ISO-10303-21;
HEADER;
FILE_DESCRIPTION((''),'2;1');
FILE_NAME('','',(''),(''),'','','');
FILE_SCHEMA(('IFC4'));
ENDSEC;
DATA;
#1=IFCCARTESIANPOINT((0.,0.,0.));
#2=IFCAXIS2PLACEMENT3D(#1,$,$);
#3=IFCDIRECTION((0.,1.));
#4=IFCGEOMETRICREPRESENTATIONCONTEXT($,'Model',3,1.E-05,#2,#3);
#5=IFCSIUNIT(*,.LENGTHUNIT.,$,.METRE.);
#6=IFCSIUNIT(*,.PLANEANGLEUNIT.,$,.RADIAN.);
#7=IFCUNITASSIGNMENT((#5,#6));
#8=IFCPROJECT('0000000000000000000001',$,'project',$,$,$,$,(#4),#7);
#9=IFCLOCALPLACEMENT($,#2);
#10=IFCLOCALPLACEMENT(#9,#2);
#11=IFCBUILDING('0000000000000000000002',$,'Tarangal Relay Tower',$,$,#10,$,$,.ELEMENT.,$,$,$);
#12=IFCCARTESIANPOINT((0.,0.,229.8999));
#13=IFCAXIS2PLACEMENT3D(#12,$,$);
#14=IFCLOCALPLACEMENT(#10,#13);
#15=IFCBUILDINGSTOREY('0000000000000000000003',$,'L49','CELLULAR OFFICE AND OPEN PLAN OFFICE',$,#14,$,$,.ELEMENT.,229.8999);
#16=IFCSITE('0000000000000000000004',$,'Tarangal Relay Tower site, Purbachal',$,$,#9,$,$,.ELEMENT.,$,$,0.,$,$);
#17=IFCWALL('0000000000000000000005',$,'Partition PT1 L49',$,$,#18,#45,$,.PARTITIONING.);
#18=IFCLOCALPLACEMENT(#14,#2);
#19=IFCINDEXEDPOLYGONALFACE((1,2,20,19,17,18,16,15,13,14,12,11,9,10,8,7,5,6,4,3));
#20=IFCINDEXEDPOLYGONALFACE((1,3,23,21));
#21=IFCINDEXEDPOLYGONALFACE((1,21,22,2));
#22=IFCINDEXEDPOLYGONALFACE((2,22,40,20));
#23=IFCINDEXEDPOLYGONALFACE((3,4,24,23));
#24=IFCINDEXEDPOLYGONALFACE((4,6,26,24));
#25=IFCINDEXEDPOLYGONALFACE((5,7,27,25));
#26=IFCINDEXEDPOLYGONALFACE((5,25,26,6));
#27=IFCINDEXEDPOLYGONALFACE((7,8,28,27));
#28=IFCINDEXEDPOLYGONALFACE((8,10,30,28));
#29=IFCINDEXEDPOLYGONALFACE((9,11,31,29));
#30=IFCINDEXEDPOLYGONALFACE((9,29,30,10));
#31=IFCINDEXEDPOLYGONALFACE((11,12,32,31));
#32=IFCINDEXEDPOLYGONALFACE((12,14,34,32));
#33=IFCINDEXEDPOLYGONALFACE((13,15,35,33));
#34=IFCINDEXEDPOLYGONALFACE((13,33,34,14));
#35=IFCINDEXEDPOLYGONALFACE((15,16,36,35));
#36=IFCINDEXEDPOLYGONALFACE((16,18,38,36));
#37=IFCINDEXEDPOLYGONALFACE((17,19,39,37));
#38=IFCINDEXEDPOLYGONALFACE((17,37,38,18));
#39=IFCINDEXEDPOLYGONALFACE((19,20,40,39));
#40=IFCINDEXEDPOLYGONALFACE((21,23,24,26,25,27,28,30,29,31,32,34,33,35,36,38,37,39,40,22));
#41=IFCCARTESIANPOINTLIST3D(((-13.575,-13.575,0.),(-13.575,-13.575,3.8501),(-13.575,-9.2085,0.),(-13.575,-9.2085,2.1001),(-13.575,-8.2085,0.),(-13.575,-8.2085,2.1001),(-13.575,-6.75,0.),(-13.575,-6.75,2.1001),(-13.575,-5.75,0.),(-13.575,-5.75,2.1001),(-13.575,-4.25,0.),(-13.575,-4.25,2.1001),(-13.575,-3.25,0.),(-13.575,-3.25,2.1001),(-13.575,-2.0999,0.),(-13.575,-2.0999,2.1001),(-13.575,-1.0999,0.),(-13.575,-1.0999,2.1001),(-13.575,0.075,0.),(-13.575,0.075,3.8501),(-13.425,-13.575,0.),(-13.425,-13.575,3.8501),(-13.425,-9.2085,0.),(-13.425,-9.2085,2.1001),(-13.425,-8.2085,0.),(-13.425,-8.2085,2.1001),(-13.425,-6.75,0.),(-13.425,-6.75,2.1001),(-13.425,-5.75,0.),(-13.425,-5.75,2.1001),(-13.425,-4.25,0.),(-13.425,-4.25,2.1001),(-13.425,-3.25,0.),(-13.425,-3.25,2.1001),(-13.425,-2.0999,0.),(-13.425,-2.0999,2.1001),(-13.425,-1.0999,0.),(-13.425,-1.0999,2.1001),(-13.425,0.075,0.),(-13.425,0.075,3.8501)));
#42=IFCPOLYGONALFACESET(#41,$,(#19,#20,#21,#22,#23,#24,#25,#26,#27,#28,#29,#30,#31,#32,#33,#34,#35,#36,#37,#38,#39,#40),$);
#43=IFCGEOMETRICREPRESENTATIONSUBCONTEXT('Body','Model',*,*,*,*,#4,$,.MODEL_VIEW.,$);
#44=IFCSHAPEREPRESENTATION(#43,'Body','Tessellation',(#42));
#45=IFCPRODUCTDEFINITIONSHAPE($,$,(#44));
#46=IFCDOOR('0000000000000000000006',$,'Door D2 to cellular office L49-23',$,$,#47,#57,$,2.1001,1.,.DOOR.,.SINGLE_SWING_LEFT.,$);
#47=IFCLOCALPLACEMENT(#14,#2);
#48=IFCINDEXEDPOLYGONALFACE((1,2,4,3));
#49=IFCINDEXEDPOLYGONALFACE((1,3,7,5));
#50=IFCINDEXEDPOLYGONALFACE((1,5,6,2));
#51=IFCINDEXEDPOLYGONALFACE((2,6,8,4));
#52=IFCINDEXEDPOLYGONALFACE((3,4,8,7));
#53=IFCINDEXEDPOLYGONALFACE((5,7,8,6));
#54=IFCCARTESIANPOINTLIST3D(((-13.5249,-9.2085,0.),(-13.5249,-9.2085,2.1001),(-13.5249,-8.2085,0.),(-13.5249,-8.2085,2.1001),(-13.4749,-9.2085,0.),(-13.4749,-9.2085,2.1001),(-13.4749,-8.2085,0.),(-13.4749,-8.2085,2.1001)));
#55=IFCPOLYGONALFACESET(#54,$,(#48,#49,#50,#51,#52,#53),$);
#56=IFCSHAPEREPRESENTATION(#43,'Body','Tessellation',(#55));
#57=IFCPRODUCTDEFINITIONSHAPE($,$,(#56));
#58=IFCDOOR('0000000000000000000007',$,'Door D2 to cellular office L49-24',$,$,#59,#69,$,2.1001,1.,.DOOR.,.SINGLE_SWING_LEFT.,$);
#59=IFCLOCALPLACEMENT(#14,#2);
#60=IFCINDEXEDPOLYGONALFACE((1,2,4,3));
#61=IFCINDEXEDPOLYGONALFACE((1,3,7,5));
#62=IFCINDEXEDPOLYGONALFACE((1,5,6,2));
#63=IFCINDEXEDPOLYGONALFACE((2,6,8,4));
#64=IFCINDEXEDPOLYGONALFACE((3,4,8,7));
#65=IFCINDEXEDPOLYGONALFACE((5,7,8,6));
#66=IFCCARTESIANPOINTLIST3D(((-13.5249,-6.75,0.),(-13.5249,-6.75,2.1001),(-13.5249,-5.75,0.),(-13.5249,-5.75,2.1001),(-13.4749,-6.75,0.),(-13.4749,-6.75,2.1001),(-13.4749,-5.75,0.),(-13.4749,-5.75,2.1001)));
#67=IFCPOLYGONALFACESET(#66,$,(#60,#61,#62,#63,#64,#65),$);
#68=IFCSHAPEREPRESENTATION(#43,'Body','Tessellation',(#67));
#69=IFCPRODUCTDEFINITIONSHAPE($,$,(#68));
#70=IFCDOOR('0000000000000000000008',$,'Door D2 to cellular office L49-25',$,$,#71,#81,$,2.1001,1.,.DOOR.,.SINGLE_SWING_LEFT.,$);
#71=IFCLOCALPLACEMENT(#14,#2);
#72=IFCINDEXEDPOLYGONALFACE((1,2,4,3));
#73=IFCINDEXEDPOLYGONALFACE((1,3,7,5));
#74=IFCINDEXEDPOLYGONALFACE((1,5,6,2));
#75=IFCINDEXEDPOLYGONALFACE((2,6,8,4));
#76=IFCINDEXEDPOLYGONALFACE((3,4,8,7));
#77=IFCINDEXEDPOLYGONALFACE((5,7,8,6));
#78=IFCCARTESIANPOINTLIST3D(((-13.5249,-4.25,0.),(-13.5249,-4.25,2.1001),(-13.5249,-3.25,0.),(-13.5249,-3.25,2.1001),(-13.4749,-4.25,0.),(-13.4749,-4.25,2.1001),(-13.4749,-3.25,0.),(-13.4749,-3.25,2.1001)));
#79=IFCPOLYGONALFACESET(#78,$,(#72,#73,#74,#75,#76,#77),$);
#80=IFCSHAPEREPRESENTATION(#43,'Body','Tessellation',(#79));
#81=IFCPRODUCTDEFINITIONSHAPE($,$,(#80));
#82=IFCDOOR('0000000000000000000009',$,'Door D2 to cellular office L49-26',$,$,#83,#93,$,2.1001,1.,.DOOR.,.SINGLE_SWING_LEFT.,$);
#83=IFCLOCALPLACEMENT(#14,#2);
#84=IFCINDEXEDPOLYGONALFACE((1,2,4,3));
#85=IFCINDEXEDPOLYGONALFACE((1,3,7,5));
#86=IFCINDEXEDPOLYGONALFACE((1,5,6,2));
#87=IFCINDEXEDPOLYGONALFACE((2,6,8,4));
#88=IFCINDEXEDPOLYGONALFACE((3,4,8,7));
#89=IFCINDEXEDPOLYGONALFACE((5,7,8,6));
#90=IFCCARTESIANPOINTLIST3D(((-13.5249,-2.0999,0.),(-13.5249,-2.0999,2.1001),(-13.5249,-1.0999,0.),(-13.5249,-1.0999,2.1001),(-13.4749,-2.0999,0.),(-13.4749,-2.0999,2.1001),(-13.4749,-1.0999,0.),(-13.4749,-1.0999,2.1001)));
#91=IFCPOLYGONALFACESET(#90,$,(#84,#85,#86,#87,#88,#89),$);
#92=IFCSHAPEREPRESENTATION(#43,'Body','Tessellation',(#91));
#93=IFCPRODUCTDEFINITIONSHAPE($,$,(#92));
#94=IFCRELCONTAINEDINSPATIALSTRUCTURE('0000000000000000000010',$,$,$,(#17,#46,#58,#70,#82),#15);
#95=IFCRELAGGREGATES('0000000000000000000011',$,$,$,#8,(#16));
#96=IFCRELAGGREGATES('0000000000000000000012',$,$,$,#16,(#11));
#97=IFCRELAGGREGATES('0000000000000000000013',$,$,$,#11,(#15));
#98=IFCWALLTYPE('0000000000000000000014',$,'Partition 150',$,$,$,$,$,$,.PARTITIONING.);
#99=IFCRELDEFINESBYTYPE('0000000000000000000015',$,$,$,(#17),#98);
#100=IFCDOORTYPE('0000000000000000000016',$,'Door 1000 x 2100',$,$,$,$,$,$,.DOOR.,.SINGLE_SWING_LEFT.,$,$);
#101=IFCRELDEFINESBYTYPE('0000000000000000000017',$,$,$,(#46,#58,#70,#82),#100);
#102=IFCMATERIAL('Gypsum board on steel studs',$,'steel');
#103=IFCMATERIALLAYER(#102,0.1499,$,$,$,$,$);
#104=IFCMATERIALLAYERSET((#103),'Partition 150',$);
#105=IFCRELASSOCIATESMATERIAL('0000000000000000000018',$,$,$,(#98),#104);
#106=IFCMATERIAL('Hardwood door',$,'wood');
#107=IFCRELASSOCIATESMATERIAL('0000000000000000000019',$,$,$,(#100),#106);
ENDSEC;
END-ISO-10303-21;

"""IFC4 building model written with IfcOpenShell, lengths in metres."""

from ifc_helpers import new_model, si_unit, direction, frame, frame_2d, origin, place, context, subcontext, project, spatial, rectangle, extrude, material, layer, layer_set, type_object, element, fill, save


model = new_model("IFC4")

# Units and contexts
model_context = context("Model", 3, precision=1e-05, world=origin(), true_north=direction((0.0, 1.0)))
body_context = subcontext(model_context, "Body", "Model", "MODEL_VIEW")
ifc_project = project(units=[si_unit("LENGTHUNIT", "METRE"), si_unit("PLANEANGLEUNIT", "RADIAN")], contexts=[model_context])

# Site, building, storey
site_placement = place(None, origin())
site = spatial("IfcSite", under=ifc_project, at=site_placement, Name="Tarangal Relay Tower site, Purbachal", CompositionType="ELEMENT", RefElevation=0.0)
building_placement = place(site_placement, origin())
building = spatial("IfcBuilding", under=site, at=building_placement, Name="Tarangal Relay Tower", CompositionType="ELEMENT")
storey_placement = place(building_placement, frame((0.0, 0.0, 229.8999)))
storey = spatial("IfcBuildingStorey", under=building, at=storey_placement, Name="L49", Description="CELLULAR OFFICE AND OPEN PLAN OFFICE", CompositionType="ELEMENT", Elevation=229.8999)

# Wall, openings, doors
ifc_material_1 = material(Name="Gypsum board on steel studs", Category="steel")
ifc_layer_1 = layer(ifc_material_1, 0.1499)
ifc_layer_set_1 = layer_set([ifc_layer_1], Name="Partition 150")
wall_type_1 = type_object("IfcWallType", Name="Partition 150", PredefinedType="PARTITIONING", material=ifc_layer_set_1)
ifc_material_2 = material(Name="Hardwood door", Category="wood")
door_type_1 = type_object("IfcDoorType", Name="Door 1000 x 2100", OperationType="SINGLE_SWING_LEFT", PredefinedType="DOOR", material=ifc_material_2)
wall_1_placement = place(storey_placement, frame((-13.5, -13.575, 0.0), z_axis=(0.0, 0.0, 1.0), x_axis=(0.0, 1.0, 0.0)))
wall_1 = element("IfcWall", 1, at=wall_1_placement, inside=storey, type_object=wall_type_1, Name="Partition PT1 L49", PredefinedType="PARTITIONING", context=body_context, shape_type="SweptSolid", body=[
    extrude(rectangle(XDim=13.6499, YDim=0.1499, at=frame_2d((6.825, 0.0))), origin(), (0.0, 0.0, 1.0), 3.8501),
])
opening_1_placement = place(wall_1_placement, frame((4.3665, 0.0, 0.0)))
opening_1 = element("IfcOpeningElement", 2, at=opening_1_placement, cuts=wall_1, PredefinedType="OPENING", context=body_context, shape_type="SweptSolid", body=[
    extrude(rectangle(XDim=1.0, YDim=2.1001, at=frame_2d((0.5, 1.05))), frame((0.0, 0.085, 0.0), z_axis=(0.0, -1.0, 0.0), x_axis=(1.0, 0.0, 0.0)), (0.0, 0.0, 1.0), 0.1699),
])
opening_2_placement = place(wall_1_placement, frame((6.825, 0.0, 0.0)))
opening_2 = element("IfcOpeningElement", 3, at=opening_2_placement, cuts=wall_1, PredefinedType="OPENING", context=body_context, shape_type="SweptSolid", body=[
    extrude(rectangle(XDim=1.0, YDim=2.1001, at=frame_2d((0.5, 1.05))), frame((0.0, 0.085, 0.0), z_axis=(0.0, -1.0, 0.0), x_axis=(1.0, 0.0, 0.0)), (0.0, 0.0, 1.0), 0.1699),
])
opening_3_placement = place(wall_1_placement, frame((9.325, 0.0, 0.0)))
opening_3 = element("IfcOpeningElement", 4, at=opening_3_placement, cuts=wall_1, PredefinedType="OPENING", context=body_context, shape_type="SweptSolid", body=[
    extrude(rectangle(XDim=1.0, YDim=2.1001, at=frame_2d((0.5, 1.05))), frame((0.0, 0.085, 0.0), z_axis=(0.0, -1.0, 0.0), x_axis=(1.0, 0.0, 0.0)), (0.0, 0.0, 1.0), 0.1699),
])
opening_4_placement = place(wall_1_placement, frame((11.4751, 0.0, 0.0)))
opening_4 = element("IfcOpeningElement", 5, at=opening_4_placement, cuts=wall_1, PredefinedType="OPENING", context=body_context, shape_type="SweptSolid", body=[
    extrude(rectangle(XDim=1.0, YDim=2.1001, at=frame_2d((0.5, 1.05))), frame((0.0, 0.085, 0.0), z_axis=(0.0, -1.0, 0.0), x_axis=(1.0, 0.0, 0.0)), (0.0, 0.0, 1.0), 0.1699),
])
door_1_placement = place(opening_1_placement, origin())
door_1 = element("IfcDoor", 6, at=door_1_placement, inside=storey, type_object=door_type_1, Name="Door D2 to cellular office L49-23", OperationType="SINGLE_SWING_LEFT", OverallHeight=2.1001, OverallWidth=1.0, PredefinedType="DOOR", context=body_context, shape_type="SweptSolid", body=[
    extrude(rectangle(XDim=1.0, YDim=2.1001, at=frame_2d((0.5, 1.05))), frame((0.0, 0.0249, 0.0), z_axis=(0.0, -1.0, 0.0), x_axis=(1.0, 0.0, 0.0)), (0.0, 0.0, 1.0), 0.05),
])
fill(opening_1, door_1)
door_2_placement = place(opening_2_placement, origin())
door_2 = element("IfcDoor", 7, at=door_2_placement, inside=storey, type_object=door_type_1, Name="Door D2 to cellular office L49-24", OperationType="SINGLE_SWING_LEFT", OverallHeight=2.1001, OverallWidth=1.0, PredefinedType="DOOR", context=body_context, shape_type="SweptSolid", body=[
    extrude(rectangle(XDim=1.0, YDim=2.1001, at=frame_2d((0.5, 1.05))), frame((0.0, 0.0249, 0.0), z_axis=(0.0, -1.0, 0.0), x_axis=(1.0, 0.0, 0.0)), (0.0, 0.0, 1.0), 0.05),
])
fill(opening_2, door_2)
door_3_placement = place(opening_3_placement, origin())
door_3 = element("IfcDoor", 8, at=door_3_placement, inside=storey, type_object=door_type_1, Name="Door D2 to cellular office L49-25", OperationType="SINGLE_SWING_LEFT", OverallHeight=2.1001, OverallWidth=1.0, PredefinedType="DOOR", context=body_context, shape_type="SweptSolid", body=[
    extrude(rectangle(XDim=1.0, YDim=2.1001, at=frame_2d((0.5, 1.05))), frame((0.0, 0.0249, 0.0), z_axis=(0.0, -1.0, 0.0), x_axis=(1.0, 0.0, 0.0)), (0.0, 0.0, 1.0), 0.05),
])
fill(opening_3, door_3)
door_4_placement = place(opening_4_placement, origin())
door_4 = element("IfcDoor", 9, at=door_4_placement, inside=storey, type_object=door_type_1, Name="Door D2 to cellular office L49-26", OperationType="SINGLE_SWING_LEFT", OverallHeight=2.1001, OverallWidth=1.0, PredefinedType="DOOR", context=body_context, shape_type="SweptSolid", body=[
    extrude(rectangle(XDim=1.0, YDim=2.1001, at=frame_2d((0.5, 1.05))), frame((0.0, 0.0249, 0.0), z_axis=(0.0, -1.0, 0.0), x_axis=(1.0, 0.0, 0.0)), (0.0, 0.0, 1.0), 0.05),
])
fill(opening_4, door_4)

save(model, "model.ifc")
